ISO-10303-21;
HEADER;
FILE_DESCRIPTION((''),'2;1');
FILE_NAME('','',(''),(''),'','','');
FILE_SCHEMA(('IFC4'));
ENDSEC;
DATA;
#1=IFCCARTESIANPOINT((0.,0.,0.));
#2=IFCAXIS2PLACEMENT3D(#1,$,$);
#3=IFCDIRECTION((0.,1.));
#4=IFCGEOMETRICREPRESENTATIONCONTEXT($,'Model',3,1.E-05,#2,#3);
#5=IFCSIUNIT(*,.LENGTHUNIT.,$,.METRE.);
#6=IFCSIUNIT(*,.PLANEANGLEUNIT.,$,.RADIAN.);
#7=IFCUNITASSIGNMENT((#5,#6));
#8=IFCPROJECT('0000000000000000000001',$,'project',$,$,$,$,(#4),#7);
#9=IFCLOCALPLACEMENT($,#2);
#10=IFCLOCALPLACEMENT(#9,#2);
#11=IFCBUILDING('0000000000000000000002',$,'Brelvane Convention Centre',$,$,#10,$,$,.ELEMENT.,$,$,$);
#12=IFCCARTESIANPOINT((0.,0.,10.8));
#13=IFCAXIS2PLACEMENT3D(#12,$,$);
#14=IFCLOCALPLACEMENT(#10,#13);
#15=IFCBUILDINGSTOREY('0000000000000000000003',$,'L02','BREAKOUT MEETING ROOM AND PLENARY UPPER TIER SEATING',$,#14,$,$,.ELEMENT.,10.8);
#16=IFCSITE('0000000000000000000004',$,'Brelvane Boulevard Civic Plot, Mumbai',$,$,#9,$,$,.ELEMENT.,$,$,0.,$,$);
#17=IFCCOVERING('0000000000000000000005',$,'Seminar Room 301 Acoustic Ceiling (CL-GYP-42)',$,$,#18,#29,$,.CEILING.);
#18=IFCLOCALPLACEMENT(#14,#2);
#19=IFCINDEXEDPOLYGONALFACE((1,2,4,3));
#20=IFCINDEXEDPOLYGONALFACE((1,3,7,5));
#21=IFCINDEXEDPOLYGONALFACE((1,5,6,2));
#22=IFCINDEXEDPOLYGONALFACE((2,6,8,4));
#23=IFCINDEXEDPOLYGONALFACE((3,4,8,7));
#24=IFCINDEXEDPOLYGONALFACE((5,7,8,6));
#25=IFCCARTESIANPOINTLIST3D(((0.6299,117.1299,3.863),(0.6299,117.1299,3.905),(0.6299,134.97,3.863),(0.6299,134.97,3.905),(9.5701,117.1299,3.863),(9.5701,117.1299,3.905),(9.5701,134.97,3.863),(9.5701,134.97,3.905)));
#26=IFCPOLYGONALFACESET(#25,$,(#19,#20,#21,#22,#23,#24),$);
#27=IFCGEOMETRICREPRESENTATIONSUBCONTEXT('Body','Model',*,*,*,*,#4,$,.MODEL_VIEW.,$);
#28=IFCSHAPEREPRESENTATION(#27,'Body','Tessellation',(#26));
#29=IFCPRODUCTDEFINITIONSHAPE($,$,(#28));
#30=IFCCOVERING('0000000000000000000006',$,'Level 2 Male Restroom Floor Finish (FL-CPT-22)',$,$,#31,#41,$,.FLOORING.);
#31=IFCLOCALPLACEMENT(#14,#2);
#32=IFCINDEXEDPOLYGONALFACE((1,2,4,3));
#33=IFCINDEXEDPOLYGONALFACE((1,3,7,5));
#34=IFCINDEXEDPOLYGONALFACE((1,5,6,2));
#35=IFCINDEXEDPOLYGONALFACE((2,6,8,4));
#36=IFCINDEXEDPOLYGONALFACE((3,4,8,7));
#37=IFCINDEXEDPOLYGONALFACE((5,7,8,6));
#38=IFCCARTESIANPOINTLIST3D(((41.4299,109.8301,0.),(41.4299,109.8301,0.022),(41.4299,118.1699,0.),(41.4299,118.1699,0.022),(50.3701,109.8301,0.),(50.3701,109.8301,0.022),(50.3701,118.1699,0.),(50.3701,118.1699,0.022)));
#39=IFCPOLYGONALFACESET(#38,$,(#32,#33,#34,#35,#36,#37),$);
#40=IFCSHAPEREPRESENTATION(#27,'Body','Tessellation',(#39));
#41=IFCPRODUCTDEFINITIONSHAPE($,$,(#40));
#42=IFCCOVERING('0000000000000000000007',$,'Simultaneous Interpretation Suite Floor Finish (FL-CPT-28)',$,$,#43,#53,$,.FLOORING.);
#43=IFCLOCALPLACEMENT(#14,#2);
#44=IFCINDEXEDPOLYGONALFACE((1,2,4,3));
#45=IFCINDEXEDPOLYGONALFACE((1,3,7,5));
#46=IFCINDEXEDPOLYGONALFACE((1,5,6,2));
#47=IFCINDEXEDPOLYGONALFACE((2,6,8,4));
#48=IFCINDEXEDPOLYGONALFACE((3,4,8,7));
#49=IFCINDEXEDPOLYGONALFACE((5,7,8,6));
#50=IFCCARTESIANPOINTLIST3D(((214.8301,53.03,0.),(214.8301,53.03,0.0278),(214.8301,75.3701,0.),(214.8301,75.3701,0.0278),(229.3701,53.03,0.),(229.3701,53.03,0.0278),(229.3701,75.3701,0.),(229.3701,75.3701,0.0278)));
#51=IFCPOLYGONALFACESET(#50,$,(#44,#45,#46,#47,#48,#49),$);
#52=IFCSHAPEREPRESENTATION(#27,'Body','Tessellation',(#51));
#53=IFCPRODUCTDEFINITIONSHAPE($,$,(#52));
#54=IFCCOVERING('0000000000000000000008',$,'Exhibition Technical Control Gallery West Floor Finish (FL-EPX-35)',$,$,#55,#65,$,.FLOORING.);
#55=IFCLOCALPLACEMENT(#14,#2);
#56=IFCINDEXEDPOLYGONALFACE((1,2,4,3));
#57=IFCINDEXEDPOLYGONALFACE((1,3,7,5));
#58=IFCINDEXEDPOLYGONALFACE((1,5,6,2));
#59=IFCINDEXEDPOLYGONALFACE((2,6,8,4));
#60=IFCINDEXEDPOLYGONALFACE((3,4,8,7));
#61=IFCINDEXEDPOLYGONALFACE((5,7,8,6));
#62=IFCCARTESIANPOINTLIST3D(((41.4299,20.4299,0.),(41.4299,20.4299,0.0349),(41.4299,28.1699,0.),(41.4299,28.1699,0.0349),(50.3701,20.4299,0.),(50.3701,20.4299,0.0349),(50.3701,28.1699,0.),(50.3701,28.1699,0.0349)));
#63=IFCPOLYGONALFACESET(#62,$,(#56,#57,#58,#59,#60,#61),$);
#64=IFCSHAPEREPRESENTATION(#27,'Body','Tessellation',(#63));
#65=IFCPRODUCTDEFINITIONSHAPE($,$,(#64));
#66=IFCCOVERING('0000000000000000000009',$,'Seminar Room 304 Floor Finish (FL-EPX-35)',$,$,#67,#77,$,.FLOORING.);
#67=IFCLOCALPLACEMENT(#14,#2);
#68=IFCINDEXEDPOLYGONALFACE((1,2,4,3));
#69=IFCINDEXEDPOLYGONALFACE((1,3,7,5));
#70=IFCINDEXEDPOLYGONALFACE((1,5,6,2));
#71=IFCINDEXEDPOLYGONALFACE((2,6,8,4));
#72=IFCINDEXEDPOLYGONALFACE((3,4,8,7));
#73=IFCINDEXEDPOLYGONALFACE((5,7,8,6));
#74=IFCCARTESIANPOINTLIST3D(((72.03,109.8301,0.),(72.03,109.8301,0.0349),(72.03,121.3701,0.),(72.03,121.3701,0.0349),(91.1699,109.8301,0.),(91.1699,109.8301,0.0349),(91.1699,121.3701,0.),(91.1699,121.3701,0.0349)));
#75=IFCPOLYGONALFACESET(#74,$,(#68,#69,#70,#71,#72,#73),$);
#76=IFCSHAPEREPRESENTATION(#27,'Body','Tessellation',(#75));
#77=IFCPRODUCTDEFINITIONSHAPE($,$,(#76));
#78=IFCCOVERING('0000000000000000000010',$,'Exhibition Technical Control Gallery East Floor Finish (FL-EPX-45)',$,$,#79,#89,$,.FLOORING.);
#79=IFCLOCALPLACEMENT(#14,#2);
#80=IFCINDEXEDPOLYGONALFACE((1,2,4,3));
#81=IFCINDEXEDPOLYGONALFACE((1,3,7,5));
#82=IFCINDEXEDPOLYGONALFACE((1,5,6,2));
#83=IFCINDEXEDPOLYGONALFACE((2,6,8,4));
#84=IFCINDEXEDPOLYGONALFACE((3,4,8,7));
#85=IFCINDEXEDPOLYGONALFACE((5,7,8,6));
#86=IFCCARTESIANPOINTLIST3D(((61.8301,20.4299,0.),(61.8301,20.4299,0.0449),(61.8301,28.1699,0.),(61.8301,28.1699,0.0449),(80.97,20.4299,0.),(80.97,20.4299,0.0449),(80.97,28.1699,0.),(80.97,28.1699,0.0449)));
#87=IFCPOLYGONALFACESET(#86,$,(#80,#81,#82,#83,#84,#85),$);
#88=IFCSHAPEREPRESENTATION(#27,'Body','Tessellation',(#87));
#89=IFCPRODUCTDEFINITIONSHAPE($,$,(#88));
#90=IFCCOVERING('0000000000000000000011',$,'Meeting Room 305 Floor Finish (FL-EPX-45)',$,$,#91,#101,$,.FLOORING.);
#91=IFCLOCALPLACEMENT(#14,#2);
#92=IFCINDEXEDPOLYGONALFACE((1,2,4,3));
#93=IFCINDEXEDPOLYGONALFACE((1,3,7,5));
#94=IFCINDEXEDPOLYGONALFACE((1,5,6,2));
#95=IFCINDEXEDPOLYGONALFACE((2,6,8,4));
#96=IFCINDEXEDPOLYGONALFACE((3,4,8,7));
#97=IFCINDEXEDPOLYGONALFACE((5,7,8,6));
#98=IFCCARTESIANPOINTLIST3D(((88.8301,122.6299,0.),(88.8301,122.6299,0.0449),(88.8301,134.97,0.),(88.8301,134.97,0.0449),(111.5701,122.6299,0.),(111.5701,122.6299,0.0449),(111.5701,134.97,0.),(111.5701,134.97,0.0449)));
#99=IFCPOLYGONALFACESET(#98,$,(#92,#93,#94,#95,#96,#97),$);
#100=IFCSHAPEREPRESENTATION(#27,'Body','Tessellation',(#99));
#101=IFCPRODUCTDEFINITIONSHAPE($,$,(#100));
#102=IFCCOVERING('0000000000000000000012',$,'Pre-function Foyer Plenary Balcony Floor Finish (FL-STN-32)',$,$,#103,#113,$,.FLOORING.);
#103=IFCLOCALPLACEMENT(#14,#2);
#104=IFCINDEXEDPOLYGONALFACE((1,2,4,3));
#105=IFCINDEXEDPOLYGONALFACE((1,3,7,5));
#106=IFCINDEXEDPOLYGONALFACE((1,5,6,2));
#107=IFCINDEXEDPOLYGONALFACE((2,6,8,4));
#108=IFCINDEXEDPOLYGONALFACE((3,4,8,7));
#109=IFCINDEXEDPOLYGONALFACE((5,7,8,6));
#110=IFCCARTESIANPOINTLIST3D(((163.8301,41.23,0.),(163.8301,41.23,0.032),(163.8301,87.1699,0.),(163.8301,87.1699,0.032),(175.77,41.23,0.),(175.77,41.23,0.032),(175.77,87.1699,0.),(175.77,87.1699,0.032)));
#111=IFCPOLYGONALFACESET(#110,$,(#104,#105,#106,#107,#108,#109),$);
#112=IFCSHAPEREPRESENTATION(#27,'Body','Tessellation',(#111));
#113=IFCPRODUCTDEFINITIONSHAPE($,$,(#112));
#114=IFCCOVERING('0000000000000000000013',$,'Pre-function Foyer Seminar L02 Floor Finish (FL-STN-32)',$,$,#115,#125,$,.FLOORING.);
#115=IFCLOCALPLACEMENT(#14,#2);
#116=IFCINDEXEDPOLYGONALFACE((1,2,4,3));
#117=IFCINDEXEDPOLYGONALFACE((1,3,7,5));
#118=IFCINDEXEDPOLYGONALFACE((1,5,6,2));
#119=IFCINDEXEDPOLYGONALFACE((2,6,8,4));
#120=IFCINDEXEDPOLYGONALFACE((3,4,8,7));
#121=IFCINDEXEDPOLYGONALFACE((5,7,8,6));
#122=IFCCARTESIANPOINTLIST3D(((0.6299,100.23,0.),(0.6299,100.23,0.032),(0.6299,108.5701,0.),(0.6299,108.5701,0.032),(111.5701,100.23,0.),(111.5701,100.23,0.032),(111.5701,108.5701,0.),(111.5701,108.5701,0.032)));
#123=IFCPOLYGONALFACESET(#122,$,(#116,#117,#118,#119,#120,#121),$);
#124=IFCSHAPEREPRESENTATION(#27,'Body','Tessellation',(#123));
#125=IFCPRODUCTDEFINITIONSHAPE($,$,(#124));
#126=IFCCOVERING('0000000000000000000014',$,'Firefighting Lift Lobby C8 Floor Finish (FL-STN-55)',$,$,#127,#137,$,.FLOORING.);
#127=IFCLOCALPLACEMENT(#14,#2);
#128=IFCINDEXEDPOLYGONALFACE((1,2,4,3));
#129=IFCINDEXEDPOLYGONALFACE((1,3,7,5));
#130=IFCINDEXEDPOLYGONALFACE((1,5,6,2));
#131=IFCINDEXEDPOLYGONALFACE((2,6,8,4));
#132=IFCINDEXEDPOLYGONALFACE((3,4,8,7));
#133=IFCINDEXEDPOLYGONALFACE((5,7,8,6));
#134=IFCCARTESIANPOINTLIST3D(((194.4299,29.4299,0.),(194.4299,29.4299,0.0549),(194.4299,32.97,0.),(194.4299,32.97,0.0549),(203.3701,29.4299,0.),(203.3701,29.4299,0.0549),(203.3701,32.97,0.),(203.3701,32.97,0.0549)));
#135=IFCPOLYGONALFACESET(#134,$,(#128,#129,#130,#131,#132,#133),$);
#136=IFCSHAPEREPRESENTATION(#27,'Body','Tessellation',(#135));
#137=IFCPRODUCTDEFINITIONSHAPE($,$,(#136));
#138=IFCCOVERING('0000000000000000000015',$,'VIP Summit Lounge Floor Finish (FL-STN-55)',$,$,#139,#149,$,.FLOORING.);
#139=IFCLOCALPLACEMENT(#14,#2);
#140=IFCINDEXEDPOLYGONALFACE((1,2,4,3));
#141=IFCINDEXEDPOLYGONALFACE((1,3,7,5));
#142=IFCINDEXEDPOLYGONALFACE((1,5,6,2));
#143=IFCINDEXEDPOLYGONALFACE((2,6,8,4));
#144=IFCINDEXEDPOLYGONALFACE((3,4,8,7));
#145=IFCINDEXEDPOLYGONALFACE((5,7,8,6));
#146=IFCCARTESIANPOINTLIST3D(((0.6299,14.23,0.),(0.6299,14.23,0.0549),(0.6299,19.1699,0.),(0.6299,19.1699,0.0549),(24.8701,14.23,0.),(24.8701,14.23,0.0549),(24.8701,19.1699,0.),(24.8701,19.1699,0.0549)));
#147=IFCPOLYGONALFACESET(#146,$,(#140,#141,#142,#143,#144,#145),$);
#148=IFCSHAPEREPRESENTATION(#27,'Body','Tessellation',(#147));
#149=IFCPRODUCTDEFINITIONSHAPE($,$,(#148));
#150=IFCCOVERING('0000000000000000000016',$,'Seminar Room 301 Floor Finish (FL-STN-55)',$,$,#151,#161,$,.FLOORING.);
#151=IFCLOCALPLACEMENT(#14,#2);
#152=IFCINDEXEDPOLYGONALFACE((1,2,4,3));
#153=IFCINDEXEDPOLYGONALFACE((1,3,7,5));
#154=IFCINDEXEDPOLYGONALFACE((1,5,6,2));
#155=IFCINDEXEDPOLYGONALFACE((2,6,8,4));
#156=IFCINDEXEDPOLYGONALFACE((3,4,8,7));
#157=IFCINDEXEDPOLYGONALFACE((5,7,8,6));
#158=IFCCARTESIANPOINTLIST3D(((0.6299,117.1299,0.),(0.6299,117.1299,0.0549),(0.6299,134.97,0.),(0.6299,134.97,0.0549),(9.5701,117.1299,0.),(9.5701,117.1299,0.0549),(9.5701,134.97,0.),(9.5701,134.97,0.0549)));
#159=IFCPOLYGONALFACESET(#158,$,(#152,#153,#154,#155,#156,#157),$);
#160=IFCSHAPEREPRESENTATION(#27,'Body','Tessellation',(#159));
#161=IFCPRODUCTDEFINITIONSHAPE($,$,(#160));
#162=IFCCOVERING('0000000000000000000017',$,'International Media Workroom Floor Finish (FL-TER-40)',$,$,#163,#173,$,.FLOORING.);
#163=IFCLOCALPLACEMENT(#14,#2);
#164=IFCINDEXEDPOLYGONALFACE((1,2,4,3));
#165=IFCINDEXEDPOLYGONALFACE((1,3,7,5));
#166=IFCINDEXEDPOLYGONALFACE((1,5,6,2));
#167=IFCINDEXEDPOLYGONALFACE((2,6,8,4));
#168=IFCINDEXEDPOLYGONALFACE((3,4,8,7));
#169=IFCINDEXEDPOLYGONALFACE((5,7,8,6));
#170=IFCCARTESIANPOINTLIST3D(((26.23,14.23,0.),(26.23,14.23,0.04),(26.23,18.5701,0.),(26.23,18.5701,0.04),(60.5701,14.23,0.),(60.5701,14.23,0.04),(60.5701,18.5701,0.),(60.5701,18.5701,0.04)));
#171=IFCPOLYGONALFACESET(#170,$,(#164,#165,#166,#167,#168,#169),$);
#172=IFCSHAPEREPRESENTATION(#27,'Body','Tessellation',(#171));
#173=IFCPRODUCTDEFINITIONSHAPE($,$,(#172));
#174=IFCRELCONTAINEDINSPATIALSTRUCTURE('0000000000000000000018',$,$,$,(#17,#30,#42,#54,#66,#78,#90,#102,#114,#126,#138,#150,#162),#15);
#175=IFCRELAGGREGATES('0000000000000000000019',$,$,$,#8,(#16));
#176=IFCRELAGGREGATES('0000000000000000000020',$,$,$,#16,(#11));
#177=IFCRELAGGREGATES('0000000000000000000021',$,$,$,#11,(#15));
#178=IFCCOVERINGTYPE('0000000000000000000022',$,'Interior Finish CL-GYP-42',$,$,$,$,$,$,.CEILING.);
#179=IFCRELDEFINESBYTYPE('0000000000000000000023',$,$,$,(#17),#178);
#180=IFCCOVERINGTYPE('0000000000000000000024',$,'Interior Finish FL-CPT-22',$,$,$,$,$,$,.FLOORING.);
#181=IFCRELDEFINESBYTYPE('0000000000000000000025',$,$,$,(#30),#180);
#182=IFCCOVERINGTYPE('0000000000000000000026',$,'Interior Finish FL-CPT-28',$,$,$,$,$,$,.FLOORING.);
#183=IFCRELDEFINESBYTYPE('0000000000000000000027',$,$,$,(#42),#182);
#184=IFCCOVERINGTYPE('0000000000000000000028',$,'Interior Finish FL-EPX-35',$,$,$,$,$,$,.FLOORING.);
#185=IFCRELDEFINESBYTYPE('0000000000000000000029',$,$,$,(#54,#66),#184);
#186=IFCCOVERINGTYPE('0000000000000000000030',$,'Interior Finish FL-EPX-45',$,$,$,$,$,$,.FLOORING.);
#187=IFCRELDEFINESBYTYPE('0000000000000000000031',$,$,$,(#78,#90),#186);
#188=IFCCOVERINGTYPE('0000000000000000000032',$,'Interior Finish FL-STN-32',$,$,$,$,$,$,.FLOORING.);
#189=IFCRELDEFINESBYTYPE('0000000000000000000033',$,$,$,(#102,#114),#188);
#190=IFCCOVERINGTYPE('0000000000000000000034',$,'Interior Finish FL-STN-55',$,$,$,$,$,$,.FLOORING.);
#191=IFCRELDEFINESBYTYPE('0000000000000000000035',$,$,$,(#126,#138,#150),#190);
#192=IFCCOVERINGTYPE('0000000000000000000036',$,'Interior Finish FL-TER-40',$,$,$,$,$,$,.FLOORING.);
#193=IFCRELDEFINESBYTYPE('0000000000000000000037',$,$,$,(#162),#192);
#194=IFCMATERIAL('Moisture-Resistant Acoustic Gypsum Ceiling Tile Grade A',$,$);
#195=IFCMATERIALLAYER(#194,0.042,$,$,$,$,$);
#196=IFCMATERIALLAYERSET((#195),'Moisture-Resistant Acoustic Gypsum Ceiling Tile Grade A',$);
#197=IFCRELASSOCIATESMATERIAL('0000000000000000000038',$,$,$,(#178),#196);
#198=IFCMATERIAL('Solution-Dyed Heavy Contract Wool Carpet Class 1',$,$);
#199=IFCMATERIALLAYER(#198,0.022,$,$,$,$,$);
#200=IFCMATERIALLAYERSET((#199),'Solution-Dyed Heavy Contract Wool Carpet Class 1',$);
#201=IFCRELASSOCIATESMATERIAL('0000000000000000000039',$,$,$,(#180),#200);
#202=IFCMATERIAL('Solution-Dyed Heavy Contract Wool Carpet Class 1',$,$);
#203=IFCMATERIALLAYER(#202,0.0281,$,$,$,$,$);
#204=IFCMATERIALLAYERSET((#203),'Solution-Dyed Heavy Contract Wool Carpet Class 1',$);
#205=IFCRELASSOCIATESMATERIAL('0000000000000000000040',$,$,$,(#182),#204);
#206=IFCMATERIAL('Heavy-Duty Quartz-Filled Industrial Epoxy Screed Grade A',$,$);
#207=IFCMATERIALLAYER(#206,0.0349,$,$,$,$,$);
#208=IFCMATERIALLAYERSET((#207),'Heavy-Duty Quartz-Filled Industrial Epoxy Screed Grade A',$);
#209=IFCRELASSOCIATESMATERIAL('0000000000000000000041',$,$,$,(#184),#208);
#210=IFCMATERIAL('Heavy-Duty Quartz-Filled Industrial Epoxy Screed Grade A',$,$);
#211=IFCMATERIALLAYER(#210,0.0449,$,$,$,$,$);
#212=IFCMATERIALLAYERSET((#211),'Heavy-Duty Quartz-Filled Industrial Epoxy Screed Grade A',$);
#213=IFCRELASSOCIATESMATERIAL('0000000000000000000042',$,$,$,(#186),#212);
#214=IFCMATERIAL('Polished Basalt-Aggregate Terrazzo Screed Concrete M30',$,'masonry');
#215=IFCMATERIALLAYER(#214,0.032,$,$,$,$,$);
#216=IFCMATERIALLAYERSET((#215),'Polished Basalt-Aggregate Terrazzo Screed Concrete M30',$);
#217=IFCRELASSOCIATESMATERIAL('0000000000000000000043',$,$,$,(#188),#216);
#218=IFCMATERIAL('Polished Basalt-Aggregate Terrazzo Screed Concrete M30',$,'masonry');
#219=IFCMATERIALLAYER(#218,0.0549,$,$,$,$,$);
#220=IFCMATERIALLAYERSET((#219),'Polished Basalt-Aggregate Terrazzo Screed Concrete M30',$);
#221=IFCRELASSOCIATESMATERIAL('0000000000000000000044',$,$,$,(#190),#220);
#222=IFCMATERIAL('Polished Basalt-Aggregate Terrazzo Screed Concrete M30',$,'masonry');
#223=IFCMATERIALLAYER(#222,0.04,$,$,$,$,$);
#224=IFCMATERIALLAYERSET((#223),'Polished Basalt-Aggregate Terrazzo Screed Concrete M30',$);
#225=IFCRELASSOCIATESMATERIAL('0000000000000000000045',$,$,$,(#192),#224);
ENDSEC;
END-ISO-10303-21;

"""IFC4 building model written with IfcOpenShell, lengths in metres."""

from ifc_helpers import new_model, si_unit, direction, frame, origin, place, context, subcontext, project, spatial, polyline, outline, extrude, material, layer, layer_set, type_object, element, save


model = new_model("IFC4")

# Units and contexts
model_context = context("Model", 3, precision=1e-05, world=origin(), true_north=direction((0.0, 1.0)))
body_context = subcontext(model_context, "Body", "Model", "MODEL_VIEW")
ifc_project = project(units=[si_unit("LENGTHUNIT", "METRE"), si_unit("PLANEANGLEUNIT", "RADIAN")], contexts=[model_context])

# Site, building, storey
site_placement = place(None, origin())
site = spatial("IfcSite", under=ifc_project, at=site_placement, Name="Brelvane Boulevard Civic Plot, Mumbai", CompositionType="ELEMENT", RefElevation=0.0)
building_placement = place(site_placement, origin())
building = spatial("IfcBuilding", under=site, at=building_placement, Name="Brelvane Convention Centre", CompositionType="ELEMENT")
storey_placement = place(building_placement, frame((0.0, 0.0, 10.8)))
storey = spatial("IfcBuildingStorey", under=building, at=storey_placement, Name="L02", Description="BREAKOUT MEETING ROOM AND PLENARY UPPER TIER SEATING", CompositionType="ELEMENT", Elevation=10.8)

# Coverings
ifc_material_1 = material(Name="Moisture-Resistant Acoustic Gypsum Ceiling Tile Grade A")
ifc_layer_1 = layer(ifc_material_1, 0.042)
ifc_layer_set_1 = layer_set([ifc_layer_1], Name="Moisture-Resistant Acoustic Gypsum Ceiling Tile Grade A")
covering_type_1 = type_object("IfcCoveringType", Name="Interior Finish CL-GYP-42", PredefinedType="CEILING", material=ifc_layer_set_1)
covering_1_placement = place(storey_placement, frame((0.0, 0.0, 3.863)))
element("IfcCovering", 1, at=covering_1_placement, inside=storey, type_object=covering_type_1, Name="Seminar Room 301 Acoustic Ceiling (CL-GYP-42)", PredefinedType="CEILING", context=body_context, shape_type="SweptSolid", body=[
    extrude(outline(polyline([(0.6299, 117.1299), (9.5701, 117.1299), (9.5701, 134.97), (0.6299, 134.97), (0.6299, 117.1299)])), origin(), (0.0, 0.0, 1.0), 0.042),
])
ifc_material_2 = material(Name="Solution-Dyed Heavy Contract Wool Carpet Class 1")
ifc_layer_2 = layer(ifc_material_2, 0.022)
ifc_layer_set_2 = layer_set([ifc_layer_2], Name="Solution-Dyed Heavy Contract Wool Carpet Class 1")
covering_type_2 = type_object("IfcCoveringType", Name="Interior Finish FL-CPT-22", PredefinedType="FLOORING", material=ifc_layer_set_2)
covering_2_placement = place(storey_placement, origin())
element("IfcCovering", 2, at=covering_2_placement, inside=storey, type_object=covering_type_2, Name="Level 2 Male Restroom Floor Finish (FL-CPT-22)", PredefinedType="FLOORING", context=body_context, shape_type="SweptSolid", body=[
    extrude(outline(polyline([(41.4299, 109.8301), (50.3701, 109.8301), (50.3701, 118.1699), (41.4299, 118.1699), (41.4299, 109.8301)])), origin(), (0.0, 0.0, 1.0), 0.022),
])
ifc_material_3 = material(Name="Solution-Dyed Heavy Contract Wool Carpet Class 1")
ifc_layer_3 = layer(ifc_material_3, 0.0281)
ifc_layer_set_3 = layer_set([ifc_layer_3], Name="Solution-Dyed Heavy Contract Wool Carpet Class 1")
covering_type_3 = type_object("IfcCoveringType", Name="Interior Finish FL-CPT-28", PredefinedType="FLOORING", material=ifc_layer_set_3)
covering_3_placement = place(storey_placement, origin())
element("IfcCovering", 3, at=covering_3_placement, inside=storey, type_object=covering_type_3, Name="Simultaneous Interpretation Suite Floor Finish (FL-CPT-28)", PredefinedType="FLOORING", context=body_context, shape_type="SweptSolid", body=[
    extrude(outline(polyline([(214.8301, 53.03), (229.3701, 53.03), (229.3701, 75.3701), (214.8301, 75.3701), (214.8301, 53.03)])), origin(), (0.0, 0.0, 1.0), 0.0278),
])
ifc_material_4 = material(Name="Heavy-Duty Quartz-Filled Industrial Epoxy Screed Grade A")
ifc_layer_4 = layer(ifc_material_4, 0.0349)
ifc_layer_set_4 = layer_set([ifc_layer_4], Name="Heavy-Duty Quartz-Filled Industrial Epoxy Screed Grade A")
covering_type_4 = type_object("IfcCoveringType", Name="Interior Finish FL-EPX-35", PredefinedType="FLOORING", material=ifc_layer_set_4)
covering_4_placement = place(storey_placement, origin())
element("IfcCovering", 4, at=covering_4_placement, inside=storey, type_object=covering_type_4, Name="Exhibition Technical Control Gallery West Floor Finish (FL-EPX-35)", PredefinedType="FLOORING", context=body_context, shape_type="SweptSolid", body=[
    extrude(outline(polyline([(41.4299, 20.4299), (50.3701, 20.4299), (50.3701, 28.1699), (41.4299, 28.1699), (41.4299, 20.4299)])), origin(), (0.0, 0.0, 1.0), 0.0349),
])
covering_5_placement = place(storey_placement, origin())
element("IfcCovering", 5, at=covering_5_placement, inside=storey, type_object=covering_type_4, Name="Seminar Room 304 Floor Finish (FL-EPX-35)", PredefinedType="FLOORING", context=body_context, shape_type="SweptSolid", body=[
    extrude(outline(polyline([(72.03, 109.8301), (91.1699, 109.8301), (91.1699, 121.3701), (72.03, 121.3701), (72.03, 109.8301)])), origin(), (0.0, 0.0, 1.0), 0.0349),
])
ifc_material_5 = material(Name="Heavy-Duty Quartz-Filled Industrial Epoxy Screed Grade A")
ifc_layer_5 = layer(ifc_material_5, 0.0449)
ifc_layer_set_5 = layer_set([ifc_layer_5], Name="Heavy-Duty Quartz-Filled Industrial Epoxy Screed Grade A")
covering_type_5 = type_object("IfcCoveringType", Name="Interior Finish FL-EPX-45", PredefinedType="FLOORING", material=ifc_layer_set_5)
covering_6_placement = place(storey_placement, origin())
element("IfcCovering", 6, at=covering_6_placement, inside=storey, type_object=covering_type_5, Name="Exhibition Technical Control Gallery East Floor Finish (FL-EPX-45)", PredefinedType="FLOORING", context=body_context, shape_type="SweptSolid", body=[
    extrude(outline(polyline([(61.8301, 20.4299), (80.97, 20.4299), (80.97, 28.1699), (61.8301, 28.1699), (61.8301, 20.4299)])), origin(), (0.0, 0.0, 1.0), 0.0449),
])
covering_7_placement = place(storey_placement, origin())
element("IfcCovering", 7, at=covering_7_placement, inside=storey, type_object=covering_type_5, Name="Meeting Room 305 Floor Finish (FL-EPX-45)", PredefinedType="FLOORING", context=body_context, shape_type="SweptSolid", body=[
    extrude(outline(polyline([(88.8301, 122.6299), (111.5701, 122.6299), (111.5701, 134.97), (88.8301, 134.97), (88.8301, 122.6299)])), origin(), (0.0, 0.0, 1.0), 0.0449),
])
ifc_material_6 = material(Name="Polished Basalt-Aggregate Terrazzo Screed Concrete M30", Category="masonry")
ifc_layer_6 = layer(ifc_material_6, 0.032)
ifc_layer_set_6 = layer_set([ifc_layer_6], Name="Polished Basalt-Aggregate Terrazzo Screed Concrete M30")
covering_type_6 = type_object("IfcCoveringType", Name="Interior Finish FL-STN-32", PredefinedType="FLOORING", material=ifc_layer_set_6)
covering_8_placement = place(storey_placement, origin())
element("IfcCovering", 8, at=covering_8_placement, inside=storey, type_object=covering_type_6, Name="Pre-function Foyer Plenary Balcony Floor Finish (FL-STN-32)", PredefinedType="FLOORING", context=body_context, shape_type="SweptSolid", body=[
    extrude(outline(polyline([(163.8301, 41.23), (175.77, 41.23), (175.77, 87.1699), (163.8301, 87.1699), (163.8301, 41.23)])), origin(), (0.0, 0.0, 1.0), 0.032),
])
covering_9_placement = place(storey_placement, origin())
element("IfcCovering", 9, at=covering_9_placement, inside=storey, type_object=covering_type_6, Name="Pre-function Foyer Seminar L02 Floor Finish (FL-STN-32)", PredefinedType="FLOORING", context=body_context, shape_type="SweptSolid", body=[
    extrude(outline(polyline([(0.6299, 100.23), (111.5701, 100.23), (111.5701, 108.5701), (0.6299, 108.5701), (0.6299, 100.23)])), origin(), (0.0, 0.0, 1.0), 0.032),
])
ifc_material_7 = material(Name="Polished Basalt-Aggregate Terrazzo Screed Concrete M30", Category="masonry")
ifc_layer_7 = layer(ifc_material_7, 0.0549)
ifc_layer_set_7 = layer_set([ifc_layer_7], Name="Polished Basalt-Aggregate Terrazzo Screed Concrete M30")
covering_type_7 = type_object("IfcCoveringType", Name="Interior Finish FL-STN-55", PredefinedType="FLOORING", material=ifc_layer_set_7)
covering_10_placement = place(storey_placement, origin())
element("IfcCovering", 10, at=covering_10_placement, inside=storey, type_object=covering_type_7, Name="Firefighting Lift Lobby C8 Floor Finish (FL-STN-55)", PredefinedType="FLOORING", context=body_context, shape_type="SweptSolid", body=[
    extrude(outline(polyline([(194.4299, 29.4299), (203.3701, 29.4299), (203.3701, 32.97), (194.4299, 32.97), (194.4299, 29.4299)])), origin(), (0.0, 0.0, 1.0), 0.0549),
])
covering_11_placement = place(storey_placement, origin())
element("IfcCovering", 11, at=covering_11_placement, inside=storey, type_object=covering_type_7, Name="VIP Summit Lounge Floor Finish (FL-STN-55)", PredefinedType="FLOORING", context=body_context, shape_type="SweptSolid", body=[
    extrude(outline(polyline([(0.6299, 14.23), (24.8701, 14.23), (24.8701, 19.1699), (0.6299, 19.1699), (0.6299, 14.23)])), origin(), (0.0, 0.0, 1.0), 0.0549),
])
covering_12_placement = place(storey_placement, origin())
element("IfcCovering", 12, at=covering_12_placement, inside=storey, type_object=covering_type_7, Name="Seminar Room 301 Floor Finish (FL-STN-55)", PredefinedType="FLOORING", context=body_context, shape_type="SweptSolid", body=[
    extrude(outline(polyline([(0.6299, 117.1299), (9.5701, 117.1299), (9.5701, 134.97), (0.6299, 134.97), (0.6299, 117.1299)])), origin(), (0.0, 0.0, 1.0), 0.0549),
])
ifc_material_8 = material(Name="Polished Basalt-Aggregate Terrazzo Screed Concrete M30", Category="masonry")
ifc_layer_8 = layer(ifc_material_8, 0.04)
ifc_layer_set_8 = layer_set([ifc_layer_8], Name="Polished Basalt-Aggregate Terrazzo Screed Concrete M30")
covering_type_8 = type_object("IfcCoveringType", Name="Interior Finish FL-TER-40", PredefinedType="FLOORING", material=ifc_layer_set_8)
covering_13_placement = place(storey_placement, origin())
element("IfcCovering", 13, at=covering_13_placement, inside=storey, type_object=covering_type_8, Name="International Media Workroom Floor Finish (FL-TER-40)", PredefinedType="FLOORING", context=body_context, shape_type="SweptSolid", body=[
    extrude(outline(polyline([(26.23, 14.23), (60.5701, 14.23), (60.5701, 18.5701), (26.23, 18.5701), (26.23, 14.23)])), origin(), (0.0, 0.0, 1.0), 0.04),
])

save(model, "model.ifc")
